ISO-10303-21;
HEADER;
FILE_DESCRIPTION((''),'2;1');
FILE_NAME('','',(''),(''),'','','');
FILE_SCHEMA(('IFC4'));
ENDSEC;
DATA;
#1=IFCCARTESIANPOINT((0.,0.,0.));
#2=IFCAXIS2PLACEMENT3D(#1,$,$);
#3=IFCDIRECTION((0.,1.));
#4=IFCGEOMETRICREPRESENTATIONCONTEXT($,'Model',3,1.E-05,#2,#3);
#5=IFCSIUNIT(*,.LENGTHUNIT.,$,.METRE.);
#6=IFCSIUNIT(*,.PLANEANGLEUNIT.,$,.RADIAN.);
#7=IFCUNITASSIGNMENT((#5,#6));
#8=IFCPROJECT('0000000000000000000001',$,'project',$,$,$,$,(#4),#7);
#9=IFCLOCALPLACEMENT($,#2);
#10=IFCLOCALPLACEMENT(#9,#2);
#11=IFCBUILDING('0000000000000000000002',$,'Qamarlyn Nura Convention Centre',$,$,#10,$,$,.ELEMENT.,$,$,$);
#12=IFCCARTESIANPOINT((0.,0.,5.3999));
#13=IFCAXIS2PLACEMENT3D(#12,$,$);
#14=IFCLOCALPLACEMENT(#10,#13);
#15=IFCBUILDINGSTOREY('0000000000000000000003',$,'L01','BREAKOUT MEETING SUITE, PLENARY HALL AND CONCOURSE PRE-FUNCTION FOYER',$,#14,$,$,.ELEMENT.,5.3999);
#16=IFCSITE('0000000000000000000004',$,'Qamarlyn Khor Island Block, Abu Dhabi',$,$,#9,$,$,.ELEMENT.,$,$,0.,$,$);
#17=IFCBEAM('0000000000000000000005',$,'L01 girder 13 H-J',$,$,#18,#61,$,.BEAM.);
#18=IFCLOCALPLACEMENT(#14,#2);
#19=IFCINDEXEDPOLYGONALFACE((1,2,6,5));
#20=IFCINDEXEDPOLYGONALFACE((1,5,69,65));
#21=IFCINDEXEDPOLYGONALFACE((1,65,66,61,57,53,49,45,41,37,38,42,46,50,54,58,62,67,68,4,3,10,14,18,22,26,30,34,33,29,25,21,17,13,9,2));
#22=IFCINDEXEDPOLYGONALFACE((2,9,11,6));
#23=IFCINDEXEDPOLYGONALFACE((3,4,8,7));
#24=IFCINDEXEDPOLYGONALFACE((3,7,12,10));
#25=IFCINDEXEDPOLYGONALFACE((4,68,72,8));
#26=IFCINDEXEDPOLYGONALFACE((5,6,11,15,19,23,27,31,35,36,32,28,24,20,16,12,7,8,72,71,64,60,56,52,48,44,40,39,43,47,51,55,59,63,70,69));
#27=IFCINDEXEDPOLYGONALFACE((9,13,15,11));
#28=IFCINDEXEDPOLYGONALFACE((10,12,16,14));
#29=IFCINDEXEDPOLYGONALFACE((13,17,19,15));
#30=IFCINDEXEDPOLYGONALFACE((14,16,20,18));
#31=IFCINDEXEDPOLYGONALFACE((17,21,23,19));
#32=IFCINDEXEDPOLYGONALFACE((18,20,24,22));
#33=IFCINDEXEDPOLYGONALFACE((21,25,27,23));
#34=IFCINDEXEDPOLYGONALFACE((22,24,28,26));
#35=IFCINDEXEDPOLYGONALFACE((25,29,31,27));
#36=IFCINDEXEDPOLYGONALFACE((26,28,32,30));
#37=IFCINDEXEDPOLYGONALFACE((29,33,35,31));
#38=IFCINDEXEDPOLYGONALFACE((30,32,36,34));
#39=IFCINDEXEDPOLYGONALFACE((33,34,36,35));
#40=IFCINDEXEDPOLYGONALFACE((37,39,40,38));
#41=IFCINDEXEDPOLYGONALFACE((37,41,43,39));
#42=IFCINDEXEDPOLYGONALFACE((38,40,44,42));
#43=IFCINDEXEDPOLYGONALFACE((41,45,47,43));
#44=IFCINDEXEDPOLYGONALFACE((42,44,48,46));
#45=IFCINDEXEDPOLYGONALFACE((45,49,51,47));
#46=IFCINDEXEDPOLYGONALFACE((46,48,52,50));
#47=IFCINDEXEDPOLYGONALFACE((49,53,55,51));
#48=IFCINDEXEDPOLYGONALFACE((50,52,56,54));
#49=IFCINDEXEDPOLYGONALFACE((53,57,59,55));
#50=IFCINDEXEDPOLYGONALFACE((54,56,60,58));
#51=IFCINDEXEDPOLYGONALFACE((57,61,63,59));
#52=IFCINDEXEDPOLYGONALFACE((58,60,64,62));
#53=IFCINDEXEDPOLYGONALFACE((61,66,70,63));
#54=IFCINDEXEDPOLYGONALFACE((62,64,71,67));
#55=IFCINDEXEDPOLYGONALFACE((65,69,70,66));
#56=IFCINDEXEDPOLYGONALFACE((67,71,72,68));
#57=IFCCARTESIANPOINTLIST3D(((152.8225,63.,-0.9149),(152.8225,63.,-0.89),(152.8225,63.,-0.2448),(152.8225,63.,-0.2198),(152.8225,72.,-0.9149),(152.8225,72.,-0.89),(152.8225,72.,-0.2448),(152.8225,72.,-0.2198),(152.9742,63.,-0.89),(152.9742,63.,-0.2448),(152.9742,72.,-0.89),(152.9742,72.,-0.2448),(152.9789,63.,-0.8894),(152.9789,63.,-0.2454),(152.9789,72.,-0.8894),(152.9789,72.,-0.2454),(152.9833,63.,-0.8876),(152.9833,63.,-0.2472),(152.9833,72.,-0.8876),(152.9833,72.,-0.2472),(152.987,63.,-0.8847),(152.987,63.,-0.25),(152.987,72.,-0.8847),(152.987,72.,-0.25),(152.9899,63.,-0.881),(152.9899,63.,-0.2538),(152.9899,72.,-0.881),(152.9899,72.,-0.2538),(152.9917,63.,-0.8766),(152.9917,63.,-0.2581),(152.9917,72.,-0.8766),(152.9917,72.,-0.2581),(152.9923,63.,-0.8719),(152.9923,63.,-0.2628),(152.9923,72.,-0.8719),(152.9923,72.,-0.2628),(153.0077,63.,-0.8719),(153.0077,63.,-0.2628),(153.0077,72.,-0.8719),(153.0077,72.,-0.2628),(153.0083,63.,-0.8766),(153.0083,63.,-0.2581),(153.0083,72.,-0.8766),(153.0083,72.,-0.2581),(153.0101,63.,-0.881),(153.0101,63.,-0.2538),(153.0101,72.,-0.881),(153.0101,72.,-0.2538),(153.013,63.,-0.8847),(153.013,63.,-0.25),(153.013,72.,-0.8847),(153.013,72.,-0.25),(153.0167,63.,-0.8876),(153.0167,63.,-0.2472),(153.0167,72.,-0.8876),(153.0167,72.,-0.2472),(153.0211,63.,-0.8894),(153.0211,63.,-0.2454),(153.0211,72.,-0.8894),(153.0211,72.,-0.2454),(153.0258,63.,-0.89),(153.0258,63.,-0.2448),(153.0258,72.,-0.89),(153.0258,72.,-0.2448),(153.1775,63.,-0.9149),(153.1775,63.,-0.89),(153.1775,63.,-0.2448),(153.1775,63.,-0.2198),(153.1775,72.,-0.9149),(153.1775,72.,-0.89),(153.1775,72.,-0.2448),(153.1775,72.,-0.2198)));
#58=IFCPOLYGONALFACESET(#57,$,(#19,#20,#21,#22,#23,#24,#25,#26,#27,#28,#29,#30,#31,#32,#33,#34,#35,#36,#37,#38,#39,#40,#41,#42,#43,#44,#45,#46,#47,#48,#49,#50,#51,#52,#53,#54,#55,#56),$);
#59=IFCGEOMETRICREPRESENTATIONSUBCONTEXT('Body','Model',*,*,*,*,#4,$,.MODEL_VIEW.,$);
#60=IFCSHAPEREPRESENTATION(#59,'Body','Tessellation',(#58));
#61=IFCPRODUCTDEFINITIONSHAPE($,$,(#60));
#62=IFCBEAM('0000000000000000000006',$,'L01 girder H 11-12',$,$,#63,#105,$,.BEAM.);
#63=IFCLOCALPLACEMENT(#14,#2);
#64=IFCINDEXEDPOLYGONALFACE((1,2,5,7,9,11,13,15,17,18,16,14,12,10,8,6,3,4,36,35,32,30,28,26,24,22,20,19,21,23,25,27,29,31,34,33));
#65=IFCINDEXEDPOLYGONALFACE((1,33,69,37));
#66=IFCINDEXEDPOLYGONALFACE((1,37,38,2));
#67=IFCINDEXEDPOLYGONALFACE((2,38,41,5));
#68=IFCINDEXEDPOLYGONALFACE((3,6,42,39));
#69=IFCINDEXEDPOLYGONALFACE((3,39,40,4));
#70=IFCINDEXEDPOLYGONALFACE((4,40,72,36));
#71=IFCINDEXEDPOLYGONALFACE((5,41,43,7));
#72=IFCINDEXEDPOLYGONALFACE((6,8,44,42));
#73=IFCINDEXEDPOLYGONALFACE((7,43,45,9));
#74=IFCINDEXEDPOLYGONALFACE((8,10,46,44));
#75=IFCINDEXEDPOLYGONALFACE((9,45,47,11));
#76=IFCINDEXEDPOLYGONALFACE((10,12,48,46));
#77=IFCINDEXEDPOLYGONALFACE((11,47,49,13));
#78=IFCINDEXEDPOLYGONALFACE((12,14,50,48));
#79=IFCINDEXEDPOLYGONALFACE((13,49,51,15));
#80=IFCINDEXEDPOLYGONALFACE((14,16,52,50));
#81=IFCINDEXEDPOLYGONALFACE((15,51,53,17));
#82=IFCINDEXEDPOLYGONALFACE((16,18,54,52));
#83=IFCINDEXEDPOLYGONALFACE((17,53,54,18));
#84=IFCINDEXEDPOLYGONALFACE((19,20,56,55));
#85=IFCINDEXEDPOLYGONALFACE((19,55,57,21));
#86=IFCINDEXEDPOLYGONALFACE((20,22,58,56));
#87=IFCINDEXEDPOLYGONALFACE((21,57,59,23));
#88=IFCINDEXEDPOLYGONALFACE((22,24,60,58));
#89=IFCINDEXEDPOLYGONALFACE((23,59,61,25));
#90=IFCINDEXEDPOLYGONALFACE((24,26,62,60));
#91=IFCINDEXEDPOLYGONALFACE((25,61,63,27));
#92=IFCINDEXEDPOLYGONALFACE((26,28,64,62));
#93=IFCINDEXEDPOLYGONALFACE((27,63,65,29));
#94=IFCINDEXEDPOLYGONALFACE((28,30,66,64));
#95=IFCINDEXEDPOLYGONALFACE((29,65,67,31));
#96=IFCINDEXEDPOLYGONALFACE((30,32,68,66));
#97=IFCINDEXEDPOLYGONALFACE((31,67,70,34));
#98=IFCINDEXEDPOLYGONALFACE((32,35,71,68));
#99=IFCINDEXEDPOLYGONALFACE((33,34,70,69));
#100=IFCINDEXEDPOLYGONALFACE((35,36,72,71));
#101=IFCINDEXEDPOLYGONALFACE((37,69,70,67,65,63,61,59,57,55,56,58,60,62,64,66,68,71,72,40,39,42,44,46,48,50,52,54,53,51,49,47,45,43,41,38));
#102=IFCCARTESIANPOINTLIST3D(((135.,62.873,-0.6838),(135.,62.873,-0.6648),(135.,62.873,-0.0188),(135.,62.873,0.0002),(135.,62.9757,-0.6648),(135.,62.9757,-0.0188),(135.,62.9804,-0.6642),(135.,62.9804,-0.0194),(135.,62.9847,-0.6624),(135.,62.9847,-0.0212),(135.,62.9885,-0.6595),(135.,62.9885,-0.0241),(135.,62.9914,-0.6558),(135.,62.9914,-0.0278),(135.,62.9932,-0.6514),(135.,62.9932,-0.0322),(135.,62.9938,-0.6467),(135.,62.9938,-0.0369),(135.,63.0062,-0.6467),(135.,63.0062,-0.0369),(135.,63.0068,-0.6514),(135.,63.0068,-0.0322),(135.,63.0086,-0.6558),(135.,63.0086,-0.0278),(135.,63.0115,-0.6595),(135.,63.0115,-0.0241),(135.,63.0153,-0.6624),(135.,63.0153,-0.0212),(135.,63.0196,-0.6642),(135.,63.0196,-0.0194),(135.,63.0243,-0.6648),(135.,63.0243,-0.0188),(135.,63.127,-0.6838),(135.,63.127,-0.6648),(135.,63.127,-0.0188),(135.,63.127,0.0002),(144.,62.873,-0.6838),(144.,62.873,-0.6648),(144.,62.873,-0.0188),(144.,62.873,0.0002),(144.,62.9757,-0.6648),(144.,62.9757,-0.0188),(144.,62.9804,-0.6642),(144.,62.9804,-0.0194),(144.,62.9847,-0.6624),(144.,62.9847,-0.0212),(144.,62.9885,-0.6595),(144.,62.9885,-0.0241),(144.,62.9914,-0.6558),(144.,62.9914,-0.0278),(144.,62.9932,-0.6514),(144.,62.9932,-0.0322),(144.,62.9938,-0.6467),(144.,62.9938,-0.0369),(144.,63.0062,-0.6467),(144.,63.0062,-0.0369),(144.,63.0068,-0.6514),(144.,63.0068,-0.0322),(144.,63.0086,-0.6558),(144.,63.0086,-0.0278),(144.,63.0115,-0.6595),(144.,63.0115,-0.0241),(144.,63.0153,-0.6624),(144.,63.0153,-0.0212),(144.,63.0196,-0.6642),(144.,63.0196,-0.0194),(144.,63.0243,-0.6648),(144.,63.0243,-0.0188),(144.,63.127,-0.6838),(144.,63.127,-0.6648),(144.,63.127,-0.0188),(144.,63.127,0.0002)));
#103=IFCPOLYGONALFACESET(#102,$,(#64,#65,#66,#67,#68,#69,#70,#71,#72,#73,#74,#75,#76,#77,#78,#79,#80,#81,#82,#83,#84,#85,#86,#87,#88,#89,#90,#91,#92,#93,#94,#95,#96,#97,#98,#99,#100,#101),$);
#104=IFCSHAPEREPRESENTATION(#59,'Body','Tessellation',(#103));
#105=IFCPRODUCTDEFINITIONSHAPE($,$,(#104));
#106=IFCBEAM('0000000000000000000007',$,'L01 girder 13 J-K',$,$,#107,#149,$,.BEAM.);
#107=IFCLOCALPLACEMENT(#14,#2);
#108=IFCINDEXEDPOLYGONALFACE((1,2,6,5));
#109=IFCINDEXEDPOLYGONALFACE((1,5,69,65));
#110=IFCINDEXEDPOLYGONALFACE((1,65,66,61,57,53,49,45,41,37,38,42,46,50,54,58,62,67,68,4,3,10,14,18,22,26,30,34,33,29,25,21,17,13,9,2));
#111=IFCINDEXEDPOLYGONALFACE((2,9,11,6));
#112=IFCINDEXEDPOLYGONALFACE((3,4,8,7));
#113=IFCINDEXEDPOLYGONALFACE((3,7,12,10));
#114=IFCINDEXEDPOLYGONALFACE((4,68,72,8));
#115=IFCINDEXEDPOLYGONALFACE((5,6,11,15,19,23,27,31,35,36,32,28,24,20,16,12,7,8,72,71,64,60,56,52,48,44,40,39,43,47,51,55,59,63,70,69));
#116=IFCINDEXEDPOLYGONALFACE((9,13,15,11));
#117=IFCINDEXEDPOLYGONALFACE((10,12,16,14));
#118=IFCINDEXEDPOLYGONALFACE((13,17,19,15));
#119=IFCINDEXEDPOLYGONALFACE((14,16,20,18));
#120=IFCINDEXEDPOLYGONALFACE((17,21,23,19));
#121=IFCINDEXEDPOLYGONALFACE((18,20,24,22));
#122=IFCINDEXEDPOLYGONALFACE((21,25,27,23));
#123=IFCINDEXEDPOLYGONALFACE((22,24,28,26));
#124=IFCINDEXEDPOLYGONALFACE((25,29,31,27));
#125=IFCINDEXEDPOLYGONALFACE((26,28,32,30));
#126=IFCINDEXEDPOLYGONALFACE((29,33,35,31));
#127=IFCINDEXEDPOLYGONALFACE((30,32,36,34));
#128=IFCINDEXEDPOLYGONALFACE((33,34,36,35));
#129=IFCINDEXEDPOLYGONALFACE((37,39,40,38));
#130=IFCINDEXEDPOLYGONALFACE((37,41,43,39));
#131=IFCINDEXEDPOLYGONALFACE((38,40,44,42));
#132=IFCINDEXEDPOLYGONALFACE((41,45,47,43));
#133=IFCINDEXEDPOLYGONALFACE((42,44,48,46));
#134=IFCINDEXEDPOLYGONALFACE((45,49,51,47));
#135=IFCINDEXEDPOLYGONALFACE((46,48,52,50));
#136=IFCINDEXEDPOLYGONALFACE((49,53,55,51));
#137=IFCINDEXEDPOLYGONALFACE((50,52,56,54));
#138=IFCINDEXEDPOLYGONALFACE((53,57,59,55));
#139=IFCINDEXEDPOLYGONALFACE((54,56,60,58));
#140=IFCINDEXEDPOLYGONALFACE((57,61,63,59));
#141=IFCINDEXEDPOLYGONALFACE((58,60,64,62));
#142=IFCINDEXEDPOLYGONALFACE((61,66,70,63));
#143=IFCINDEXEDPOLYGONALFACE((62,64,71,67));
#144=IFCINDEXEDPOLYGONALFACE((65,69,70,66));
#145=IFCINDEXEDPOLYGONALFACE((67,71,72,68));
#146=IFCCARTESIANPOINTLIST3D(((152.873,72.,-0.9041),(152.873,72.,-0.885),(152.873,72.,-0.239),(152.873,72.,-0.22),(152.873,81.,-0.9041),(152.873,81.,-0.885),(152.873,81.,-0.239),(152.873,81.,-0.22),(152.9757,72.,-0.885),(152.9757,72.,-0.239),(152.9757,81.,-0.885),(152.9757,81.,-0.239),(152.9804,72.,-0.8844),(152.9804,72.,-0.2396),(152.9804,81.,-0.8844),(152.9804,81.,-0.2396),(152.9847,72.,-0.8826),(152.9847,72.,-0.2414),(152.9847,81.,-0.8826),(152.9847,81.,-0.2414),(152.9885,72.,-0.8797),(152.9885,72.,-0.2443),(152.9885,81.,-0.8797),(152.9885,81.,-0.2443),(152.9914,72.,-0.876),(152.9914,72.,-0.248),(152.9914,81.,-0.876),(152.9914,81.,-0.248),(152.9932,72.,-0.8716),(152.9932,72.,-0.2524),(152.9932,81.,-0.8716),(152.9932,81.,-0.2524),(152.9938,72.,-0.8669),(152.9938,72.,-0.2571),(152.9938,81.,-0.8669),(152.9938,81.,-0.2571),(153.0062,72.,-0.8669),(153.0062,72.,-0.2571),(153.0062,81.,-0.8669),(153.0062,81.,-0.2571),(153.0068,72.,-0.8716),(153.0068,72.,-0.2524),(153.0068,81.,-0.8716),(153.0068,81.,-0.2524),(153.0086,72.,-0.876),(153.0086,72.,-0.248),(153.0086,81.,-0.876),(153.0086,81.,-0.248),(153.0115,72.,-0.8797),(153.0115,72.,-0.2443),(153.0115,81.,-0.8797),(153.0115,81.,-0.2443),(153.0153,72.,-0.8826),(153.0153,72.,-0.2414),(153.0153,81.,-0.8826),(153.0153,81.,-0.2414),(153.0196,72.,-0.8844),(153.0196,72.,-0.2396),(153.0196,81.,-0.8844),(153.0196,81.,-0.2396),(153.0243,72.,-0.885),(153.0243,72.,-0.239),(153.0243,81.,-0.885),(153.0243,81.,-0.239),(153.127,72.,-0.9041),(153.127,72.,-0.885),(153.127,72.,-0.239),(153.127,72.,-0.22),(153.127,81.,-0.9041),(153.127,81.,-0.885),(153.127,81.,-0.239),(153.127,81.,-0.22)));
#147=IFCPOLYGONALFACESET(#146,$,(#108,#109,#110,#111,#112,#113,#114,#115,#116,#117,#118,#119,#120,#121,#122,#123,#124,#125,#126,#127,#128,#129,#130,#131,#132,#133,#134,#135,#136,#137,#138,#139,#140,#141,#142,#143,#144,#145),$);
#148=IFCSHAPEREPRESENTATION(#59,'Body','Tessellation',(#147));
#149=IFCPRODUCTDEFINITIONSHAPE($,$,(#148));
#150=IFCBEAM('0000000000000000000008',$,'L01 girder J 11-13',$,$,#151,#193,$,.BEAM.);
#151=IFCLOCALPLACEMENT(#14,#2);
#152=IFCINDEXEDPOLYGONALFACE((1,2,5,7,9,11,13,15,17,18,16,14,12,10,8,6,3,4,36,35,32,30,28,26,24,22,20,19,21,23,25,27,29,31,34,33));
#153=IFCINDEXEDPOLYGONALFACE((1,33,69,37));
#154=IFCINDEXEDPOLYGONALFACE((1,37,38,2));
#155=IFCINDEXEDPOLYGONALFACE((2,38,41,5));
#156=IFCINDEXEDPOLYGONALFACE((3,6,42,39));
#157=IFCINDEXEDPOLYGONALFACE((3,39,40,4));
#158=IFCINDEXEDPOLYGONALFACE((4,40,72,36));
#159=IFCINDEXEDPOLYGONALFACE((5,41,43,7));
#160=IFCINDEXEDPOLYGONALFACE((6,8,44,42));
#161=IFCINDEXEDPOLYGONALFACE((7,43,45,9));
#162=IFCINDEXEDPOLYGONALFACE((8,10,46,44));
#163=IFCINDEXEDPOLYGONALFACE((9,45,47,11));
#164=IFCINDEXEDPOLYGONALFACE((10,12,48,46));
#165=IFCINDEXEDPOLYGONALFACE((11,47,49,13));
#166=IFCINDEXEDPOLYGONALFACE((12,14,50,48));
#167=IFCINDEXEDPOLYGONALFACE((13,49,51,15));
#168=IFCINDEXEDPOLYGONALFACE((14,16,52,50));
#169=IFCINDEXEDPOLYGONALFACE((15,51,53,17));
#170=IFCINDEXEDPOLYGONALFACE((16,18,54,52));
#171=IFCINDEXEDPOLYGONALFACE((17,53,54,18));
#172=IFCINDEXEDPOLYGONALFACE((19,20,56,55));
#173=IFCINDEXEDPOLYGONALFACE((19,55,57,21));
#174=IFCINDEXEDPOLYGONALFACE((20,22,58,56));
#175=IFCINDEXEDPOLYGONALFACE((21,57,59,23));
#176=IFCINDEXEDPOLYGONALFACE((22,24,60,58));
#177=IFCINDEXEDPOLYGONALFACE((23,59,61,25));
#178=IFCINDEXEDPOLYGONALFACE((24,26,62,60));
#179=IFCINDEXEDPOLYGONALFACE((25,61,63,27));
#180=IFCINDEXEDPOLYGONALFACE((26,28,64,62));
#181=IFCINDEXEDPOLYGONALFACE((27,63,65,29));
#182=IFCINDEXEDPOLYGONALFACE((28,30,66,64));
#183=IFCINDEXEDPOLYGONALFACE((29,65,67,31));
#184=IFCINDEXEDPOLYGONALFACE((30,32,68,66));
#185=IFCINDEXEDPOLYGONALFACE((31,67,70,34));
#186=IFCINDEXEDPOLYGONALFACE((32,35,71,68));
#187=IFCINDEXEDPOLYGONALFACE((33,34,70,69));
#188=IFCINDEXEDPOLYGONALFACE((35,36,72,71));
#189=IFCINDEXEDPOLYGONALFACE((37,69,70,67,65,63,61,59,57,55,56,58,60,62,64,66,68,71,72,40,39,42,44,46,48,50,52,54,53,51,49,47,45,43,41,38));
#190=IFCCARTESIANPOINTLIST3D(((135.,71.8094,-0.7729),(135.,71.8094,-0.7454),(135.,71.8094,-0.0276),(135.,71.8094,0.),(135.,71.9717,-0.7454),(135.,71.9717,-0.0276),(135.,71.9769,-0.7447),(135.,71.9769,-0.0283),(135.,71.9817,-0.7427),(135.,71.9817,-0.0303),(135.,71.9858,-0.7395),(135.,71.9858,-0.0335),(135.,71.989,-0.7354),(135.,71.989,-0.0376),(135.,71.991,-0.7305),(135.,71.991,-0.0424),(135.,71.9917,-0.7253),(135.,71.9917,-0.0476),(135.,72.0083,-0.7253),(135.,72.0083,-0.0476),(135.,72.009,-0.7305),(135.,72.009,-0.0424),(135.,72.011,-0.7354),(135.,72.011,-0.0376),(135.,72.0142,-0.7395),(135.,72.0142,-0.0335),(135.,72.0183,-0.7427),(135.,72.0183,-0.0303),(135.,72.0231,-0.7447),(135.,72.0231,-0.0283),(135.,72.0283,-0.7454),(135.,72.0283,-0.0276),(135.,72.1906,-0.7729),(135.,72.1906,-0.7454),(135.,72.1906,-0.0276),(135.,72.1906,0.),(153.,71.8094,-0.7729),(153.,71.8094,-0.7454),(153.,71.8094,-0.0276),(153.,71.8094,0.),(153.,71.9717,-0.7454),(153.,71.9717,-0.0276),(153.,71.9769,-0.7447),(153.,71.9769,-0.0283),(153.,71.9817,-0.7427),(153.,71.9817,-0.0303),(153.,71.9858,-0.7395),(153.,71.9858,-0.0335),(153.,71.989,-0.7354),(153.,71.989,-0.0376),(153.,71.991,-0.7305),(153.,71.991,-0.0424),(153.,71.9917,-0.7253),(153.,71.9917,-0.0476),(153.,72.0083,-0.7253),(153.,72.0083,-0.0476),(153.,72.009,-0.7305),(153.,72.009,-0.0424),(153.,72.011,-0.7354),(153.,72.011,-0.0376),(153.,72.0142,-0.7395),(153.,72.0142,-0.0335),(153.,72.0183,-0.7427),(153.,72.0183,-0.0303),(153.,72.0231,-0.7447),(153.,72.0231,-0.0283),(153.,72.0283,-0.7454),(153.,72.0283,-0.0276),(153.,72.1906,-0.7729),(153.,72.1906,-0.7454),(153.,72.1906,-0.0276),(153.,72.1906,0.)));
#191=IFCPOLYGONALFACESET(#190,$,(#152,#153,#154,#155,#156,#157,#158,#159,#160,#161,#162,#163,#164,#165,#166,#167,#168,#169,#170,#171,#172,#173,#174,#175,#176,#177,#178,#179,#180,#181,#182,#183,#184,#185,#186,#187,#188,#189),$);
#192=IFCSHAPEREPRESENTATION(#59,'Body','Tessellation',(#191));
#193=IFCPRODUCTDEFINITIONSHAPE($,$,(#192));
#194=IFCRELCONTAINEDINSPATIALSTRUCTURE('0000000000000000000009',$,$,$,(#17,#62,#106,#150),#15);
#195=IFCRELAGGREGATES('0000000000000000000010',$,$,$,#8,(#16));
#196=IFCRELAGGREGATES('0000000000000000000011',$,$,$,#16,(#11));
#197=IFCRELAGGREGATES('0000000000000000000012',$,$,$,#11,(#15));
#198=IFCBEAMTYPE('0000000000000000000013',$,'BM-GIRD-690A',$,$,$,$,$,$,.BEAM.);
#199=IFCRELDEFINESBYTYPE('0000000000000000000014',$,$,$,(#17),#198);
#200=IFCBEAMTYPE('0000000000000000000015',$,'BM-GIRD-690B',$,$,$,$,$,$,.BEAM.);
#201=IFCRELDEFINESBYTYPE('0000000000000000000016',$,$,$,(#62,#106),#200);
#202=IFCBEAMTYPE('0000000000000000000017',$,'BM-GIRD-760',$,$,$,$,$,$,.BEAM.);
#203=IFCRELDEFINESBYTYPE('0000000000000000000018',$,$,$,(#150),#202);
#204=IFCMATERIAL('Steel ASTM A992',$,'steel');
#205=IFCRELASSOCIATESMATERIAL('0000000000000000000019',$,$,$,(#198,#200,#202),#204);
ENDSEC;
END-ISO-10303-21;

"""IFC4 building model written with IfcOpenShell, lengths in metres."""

from ifc_helpers import new_model, si_unit, direction, frame, origin, origin_2d, place, context, subcontext, project, spatial, i_section, extrude, material, material_profile, profile_set, type_object, element, save


model = new_model("IFC4")

# Units and contexts
model_context = context("Model", 3, precision=1e-05, world=origin(), true_north=direction((0.0, 1.0)))
body_context = subcontext(model_context, "Body", "Model", "MODEL_VIEW")
ifc_project = project(units=[si_unit("LENGTHUNIT", "METRE"), si_unit("PLANEANGLEUNIT", "RADIAN")], contexts=[model_context])

# Site, building, storey
site_placement = place(None, origin())
site = spatial("IfcSite", under=ifc_project, at=site_placement, Name="Qamarlyn Khor Island Block, Abu Dhabi", CompositionType="ELEMENT", RefElevation=0.0)
building_placement = place(site_placement, origin())
building = spatial("IfcBuilding", under=site, at=building_placement, Name="Qamarlyn Nura Convention Centre", CompositionType="ELEMENT")
storey_placement = place(building_placement, frame((0.0, 0.0, 5.3999)))
storey = spatial("IfcBuildingStorey", under=building, at=storey_placement, Name="L01", Description="BREAKOUT MEETING SUITE, PLENARY HALL AND CONCOURSE PRE-FUNCTION FOYER", CompositionType="ELEMENT", Elevation=5.3999)

# Shared definitions
ifc_material_1 = material(Name="Steel ASTM A992", Category="steel")

# Beams
ifc_material_profile_1 = material_profile(ifc_material_1, i_section(OverallWidth=0.355, OverallDepth=0.6951, WebThickness=0.0154, FlangeThickness=0.0249, FilletRadius=0.0181, at=origin_2d()), Name="W690X217")
ifc_profile_set_1 = profile_set([ifc_material_profile_1], Name="Steel ASTM A992")
beam_type_1 = type_object("IfcBeamType", Name="BM-GIRD-690A", PredefinedType="BEAM", material=ifc_profile_set_1)
for number, where, z_axis, x_axis, name in (
    (1, (153.0, 63.0, -0.5674), (0.0, 1.0, 0.0), (-1.0, 0.0, 0.0), "L01 girder 13 H-J"),
):
    element("IfcBeam", number, at=place(storey_placement, frame(where, z_axis=z_axis, x_axis=x_axis)), inside=storey, type_object=beam_type_1, Name=name, PredefinedType="BEAM", context=body_context, shape_type="SweptSolid", body=[
        extrude(i_section(OverallWidth=0.355, OverallDepth=0.6951, WebThickness=0.0154, FlangeThickness=0.0249, FilletRadius=0.0181, at=origin_2d()), origin(), (0.0, 0.0, 1.0), 9.0),
    ])
ifc_material_profile_2 = material_profile(ifc_material_1, i_section(OverallWidth=0.2539, OverallDepth=0.6841, WebThickness=0.0125, FlangeThickness=0.019, FilletRadius=0.0181, at=origin_2d()), Name="W690X140")
ifc_profile_set_2 = profile_set([ifc_material_profile_2], Name="Steel ASTM A992")
beam_type_2 = type_object("IfcBeamType", Name="BM-GIRD-690B", PredefinedType="BEAM", material=ifc_profile_set_2)
for number, where, z_axis, x_axis, name in (
    (2, (135.0, 63.0, -0.3418), (1.0, 0.0, 0.0), (0.0, 1.0, 0.0), "L01 girder H 11-12"),
    (3, (153.0, 72.0, -0.562), (0.0, 1.0, 0.0), (-1.0, 0.0, 0.0), "L01 girder 13 J-K"),
):
    element("IfcBeam", number, at=place(storey_placement, frame(where, z_axis=z_axis, x_axis=x_axis)), inside=storey, type_object=beam_type_2, Name=name, PredefinedType="BEAM", context=body_context, shape_type="SweptSolid", body=[
        extrude(i_section(OverallWidth=0.2539, OverallDepth=0.6841, WebThickness=0.0125, FlangeThickness=0.019, FilletRadius=0.0181, at=origin_2d()), origin(), (0.0, 0.0, 1.0), 9.0),
    ])
ifc_material_profile_3 = material_profile(ifc_material_1, i_section(OverallWidth=0.3811, OverallDepth=0.7729, WebThickness=0.0166, FlangeThickness=0.0276, FilletRadius=0.02, at=origin_2d()), Name="W760X257")
ifc_profile_set_3 = profile_set([ifc_material_profile_3], Name="Steel ASTM A992")
beam_type_3 = type_object("IfcBeamType", Name="BM-GIRD-760", PredefinedType="BEAM", material=ifc_profile_set_3)
beam_1_placement = place(storey_placement, frame((135.0, 72.0, -0.3865), z_axis=(1.0, 0.0, 0.0), x_axis=(0.0, 1.0, 0.0)))
element("IfcBeam", 4, at=beam_1_placement, inside=storey, type_object=beam_type_3, Name="L01 girder J 11-13", PredefinedType="BEAM", context=body_context, shape_type="SweptSolid", body=[
    extrude(i_section(OverallWidth=0.3811, OverallDepth=0.7729, WebThickness=0.0166, FlangeThickness=0.0276, FilletRadius=0.02, at=origin_2d()), origin(), (0.0, 0.0, 1.0), 18.0),
])

save(model, "model.ifc")
